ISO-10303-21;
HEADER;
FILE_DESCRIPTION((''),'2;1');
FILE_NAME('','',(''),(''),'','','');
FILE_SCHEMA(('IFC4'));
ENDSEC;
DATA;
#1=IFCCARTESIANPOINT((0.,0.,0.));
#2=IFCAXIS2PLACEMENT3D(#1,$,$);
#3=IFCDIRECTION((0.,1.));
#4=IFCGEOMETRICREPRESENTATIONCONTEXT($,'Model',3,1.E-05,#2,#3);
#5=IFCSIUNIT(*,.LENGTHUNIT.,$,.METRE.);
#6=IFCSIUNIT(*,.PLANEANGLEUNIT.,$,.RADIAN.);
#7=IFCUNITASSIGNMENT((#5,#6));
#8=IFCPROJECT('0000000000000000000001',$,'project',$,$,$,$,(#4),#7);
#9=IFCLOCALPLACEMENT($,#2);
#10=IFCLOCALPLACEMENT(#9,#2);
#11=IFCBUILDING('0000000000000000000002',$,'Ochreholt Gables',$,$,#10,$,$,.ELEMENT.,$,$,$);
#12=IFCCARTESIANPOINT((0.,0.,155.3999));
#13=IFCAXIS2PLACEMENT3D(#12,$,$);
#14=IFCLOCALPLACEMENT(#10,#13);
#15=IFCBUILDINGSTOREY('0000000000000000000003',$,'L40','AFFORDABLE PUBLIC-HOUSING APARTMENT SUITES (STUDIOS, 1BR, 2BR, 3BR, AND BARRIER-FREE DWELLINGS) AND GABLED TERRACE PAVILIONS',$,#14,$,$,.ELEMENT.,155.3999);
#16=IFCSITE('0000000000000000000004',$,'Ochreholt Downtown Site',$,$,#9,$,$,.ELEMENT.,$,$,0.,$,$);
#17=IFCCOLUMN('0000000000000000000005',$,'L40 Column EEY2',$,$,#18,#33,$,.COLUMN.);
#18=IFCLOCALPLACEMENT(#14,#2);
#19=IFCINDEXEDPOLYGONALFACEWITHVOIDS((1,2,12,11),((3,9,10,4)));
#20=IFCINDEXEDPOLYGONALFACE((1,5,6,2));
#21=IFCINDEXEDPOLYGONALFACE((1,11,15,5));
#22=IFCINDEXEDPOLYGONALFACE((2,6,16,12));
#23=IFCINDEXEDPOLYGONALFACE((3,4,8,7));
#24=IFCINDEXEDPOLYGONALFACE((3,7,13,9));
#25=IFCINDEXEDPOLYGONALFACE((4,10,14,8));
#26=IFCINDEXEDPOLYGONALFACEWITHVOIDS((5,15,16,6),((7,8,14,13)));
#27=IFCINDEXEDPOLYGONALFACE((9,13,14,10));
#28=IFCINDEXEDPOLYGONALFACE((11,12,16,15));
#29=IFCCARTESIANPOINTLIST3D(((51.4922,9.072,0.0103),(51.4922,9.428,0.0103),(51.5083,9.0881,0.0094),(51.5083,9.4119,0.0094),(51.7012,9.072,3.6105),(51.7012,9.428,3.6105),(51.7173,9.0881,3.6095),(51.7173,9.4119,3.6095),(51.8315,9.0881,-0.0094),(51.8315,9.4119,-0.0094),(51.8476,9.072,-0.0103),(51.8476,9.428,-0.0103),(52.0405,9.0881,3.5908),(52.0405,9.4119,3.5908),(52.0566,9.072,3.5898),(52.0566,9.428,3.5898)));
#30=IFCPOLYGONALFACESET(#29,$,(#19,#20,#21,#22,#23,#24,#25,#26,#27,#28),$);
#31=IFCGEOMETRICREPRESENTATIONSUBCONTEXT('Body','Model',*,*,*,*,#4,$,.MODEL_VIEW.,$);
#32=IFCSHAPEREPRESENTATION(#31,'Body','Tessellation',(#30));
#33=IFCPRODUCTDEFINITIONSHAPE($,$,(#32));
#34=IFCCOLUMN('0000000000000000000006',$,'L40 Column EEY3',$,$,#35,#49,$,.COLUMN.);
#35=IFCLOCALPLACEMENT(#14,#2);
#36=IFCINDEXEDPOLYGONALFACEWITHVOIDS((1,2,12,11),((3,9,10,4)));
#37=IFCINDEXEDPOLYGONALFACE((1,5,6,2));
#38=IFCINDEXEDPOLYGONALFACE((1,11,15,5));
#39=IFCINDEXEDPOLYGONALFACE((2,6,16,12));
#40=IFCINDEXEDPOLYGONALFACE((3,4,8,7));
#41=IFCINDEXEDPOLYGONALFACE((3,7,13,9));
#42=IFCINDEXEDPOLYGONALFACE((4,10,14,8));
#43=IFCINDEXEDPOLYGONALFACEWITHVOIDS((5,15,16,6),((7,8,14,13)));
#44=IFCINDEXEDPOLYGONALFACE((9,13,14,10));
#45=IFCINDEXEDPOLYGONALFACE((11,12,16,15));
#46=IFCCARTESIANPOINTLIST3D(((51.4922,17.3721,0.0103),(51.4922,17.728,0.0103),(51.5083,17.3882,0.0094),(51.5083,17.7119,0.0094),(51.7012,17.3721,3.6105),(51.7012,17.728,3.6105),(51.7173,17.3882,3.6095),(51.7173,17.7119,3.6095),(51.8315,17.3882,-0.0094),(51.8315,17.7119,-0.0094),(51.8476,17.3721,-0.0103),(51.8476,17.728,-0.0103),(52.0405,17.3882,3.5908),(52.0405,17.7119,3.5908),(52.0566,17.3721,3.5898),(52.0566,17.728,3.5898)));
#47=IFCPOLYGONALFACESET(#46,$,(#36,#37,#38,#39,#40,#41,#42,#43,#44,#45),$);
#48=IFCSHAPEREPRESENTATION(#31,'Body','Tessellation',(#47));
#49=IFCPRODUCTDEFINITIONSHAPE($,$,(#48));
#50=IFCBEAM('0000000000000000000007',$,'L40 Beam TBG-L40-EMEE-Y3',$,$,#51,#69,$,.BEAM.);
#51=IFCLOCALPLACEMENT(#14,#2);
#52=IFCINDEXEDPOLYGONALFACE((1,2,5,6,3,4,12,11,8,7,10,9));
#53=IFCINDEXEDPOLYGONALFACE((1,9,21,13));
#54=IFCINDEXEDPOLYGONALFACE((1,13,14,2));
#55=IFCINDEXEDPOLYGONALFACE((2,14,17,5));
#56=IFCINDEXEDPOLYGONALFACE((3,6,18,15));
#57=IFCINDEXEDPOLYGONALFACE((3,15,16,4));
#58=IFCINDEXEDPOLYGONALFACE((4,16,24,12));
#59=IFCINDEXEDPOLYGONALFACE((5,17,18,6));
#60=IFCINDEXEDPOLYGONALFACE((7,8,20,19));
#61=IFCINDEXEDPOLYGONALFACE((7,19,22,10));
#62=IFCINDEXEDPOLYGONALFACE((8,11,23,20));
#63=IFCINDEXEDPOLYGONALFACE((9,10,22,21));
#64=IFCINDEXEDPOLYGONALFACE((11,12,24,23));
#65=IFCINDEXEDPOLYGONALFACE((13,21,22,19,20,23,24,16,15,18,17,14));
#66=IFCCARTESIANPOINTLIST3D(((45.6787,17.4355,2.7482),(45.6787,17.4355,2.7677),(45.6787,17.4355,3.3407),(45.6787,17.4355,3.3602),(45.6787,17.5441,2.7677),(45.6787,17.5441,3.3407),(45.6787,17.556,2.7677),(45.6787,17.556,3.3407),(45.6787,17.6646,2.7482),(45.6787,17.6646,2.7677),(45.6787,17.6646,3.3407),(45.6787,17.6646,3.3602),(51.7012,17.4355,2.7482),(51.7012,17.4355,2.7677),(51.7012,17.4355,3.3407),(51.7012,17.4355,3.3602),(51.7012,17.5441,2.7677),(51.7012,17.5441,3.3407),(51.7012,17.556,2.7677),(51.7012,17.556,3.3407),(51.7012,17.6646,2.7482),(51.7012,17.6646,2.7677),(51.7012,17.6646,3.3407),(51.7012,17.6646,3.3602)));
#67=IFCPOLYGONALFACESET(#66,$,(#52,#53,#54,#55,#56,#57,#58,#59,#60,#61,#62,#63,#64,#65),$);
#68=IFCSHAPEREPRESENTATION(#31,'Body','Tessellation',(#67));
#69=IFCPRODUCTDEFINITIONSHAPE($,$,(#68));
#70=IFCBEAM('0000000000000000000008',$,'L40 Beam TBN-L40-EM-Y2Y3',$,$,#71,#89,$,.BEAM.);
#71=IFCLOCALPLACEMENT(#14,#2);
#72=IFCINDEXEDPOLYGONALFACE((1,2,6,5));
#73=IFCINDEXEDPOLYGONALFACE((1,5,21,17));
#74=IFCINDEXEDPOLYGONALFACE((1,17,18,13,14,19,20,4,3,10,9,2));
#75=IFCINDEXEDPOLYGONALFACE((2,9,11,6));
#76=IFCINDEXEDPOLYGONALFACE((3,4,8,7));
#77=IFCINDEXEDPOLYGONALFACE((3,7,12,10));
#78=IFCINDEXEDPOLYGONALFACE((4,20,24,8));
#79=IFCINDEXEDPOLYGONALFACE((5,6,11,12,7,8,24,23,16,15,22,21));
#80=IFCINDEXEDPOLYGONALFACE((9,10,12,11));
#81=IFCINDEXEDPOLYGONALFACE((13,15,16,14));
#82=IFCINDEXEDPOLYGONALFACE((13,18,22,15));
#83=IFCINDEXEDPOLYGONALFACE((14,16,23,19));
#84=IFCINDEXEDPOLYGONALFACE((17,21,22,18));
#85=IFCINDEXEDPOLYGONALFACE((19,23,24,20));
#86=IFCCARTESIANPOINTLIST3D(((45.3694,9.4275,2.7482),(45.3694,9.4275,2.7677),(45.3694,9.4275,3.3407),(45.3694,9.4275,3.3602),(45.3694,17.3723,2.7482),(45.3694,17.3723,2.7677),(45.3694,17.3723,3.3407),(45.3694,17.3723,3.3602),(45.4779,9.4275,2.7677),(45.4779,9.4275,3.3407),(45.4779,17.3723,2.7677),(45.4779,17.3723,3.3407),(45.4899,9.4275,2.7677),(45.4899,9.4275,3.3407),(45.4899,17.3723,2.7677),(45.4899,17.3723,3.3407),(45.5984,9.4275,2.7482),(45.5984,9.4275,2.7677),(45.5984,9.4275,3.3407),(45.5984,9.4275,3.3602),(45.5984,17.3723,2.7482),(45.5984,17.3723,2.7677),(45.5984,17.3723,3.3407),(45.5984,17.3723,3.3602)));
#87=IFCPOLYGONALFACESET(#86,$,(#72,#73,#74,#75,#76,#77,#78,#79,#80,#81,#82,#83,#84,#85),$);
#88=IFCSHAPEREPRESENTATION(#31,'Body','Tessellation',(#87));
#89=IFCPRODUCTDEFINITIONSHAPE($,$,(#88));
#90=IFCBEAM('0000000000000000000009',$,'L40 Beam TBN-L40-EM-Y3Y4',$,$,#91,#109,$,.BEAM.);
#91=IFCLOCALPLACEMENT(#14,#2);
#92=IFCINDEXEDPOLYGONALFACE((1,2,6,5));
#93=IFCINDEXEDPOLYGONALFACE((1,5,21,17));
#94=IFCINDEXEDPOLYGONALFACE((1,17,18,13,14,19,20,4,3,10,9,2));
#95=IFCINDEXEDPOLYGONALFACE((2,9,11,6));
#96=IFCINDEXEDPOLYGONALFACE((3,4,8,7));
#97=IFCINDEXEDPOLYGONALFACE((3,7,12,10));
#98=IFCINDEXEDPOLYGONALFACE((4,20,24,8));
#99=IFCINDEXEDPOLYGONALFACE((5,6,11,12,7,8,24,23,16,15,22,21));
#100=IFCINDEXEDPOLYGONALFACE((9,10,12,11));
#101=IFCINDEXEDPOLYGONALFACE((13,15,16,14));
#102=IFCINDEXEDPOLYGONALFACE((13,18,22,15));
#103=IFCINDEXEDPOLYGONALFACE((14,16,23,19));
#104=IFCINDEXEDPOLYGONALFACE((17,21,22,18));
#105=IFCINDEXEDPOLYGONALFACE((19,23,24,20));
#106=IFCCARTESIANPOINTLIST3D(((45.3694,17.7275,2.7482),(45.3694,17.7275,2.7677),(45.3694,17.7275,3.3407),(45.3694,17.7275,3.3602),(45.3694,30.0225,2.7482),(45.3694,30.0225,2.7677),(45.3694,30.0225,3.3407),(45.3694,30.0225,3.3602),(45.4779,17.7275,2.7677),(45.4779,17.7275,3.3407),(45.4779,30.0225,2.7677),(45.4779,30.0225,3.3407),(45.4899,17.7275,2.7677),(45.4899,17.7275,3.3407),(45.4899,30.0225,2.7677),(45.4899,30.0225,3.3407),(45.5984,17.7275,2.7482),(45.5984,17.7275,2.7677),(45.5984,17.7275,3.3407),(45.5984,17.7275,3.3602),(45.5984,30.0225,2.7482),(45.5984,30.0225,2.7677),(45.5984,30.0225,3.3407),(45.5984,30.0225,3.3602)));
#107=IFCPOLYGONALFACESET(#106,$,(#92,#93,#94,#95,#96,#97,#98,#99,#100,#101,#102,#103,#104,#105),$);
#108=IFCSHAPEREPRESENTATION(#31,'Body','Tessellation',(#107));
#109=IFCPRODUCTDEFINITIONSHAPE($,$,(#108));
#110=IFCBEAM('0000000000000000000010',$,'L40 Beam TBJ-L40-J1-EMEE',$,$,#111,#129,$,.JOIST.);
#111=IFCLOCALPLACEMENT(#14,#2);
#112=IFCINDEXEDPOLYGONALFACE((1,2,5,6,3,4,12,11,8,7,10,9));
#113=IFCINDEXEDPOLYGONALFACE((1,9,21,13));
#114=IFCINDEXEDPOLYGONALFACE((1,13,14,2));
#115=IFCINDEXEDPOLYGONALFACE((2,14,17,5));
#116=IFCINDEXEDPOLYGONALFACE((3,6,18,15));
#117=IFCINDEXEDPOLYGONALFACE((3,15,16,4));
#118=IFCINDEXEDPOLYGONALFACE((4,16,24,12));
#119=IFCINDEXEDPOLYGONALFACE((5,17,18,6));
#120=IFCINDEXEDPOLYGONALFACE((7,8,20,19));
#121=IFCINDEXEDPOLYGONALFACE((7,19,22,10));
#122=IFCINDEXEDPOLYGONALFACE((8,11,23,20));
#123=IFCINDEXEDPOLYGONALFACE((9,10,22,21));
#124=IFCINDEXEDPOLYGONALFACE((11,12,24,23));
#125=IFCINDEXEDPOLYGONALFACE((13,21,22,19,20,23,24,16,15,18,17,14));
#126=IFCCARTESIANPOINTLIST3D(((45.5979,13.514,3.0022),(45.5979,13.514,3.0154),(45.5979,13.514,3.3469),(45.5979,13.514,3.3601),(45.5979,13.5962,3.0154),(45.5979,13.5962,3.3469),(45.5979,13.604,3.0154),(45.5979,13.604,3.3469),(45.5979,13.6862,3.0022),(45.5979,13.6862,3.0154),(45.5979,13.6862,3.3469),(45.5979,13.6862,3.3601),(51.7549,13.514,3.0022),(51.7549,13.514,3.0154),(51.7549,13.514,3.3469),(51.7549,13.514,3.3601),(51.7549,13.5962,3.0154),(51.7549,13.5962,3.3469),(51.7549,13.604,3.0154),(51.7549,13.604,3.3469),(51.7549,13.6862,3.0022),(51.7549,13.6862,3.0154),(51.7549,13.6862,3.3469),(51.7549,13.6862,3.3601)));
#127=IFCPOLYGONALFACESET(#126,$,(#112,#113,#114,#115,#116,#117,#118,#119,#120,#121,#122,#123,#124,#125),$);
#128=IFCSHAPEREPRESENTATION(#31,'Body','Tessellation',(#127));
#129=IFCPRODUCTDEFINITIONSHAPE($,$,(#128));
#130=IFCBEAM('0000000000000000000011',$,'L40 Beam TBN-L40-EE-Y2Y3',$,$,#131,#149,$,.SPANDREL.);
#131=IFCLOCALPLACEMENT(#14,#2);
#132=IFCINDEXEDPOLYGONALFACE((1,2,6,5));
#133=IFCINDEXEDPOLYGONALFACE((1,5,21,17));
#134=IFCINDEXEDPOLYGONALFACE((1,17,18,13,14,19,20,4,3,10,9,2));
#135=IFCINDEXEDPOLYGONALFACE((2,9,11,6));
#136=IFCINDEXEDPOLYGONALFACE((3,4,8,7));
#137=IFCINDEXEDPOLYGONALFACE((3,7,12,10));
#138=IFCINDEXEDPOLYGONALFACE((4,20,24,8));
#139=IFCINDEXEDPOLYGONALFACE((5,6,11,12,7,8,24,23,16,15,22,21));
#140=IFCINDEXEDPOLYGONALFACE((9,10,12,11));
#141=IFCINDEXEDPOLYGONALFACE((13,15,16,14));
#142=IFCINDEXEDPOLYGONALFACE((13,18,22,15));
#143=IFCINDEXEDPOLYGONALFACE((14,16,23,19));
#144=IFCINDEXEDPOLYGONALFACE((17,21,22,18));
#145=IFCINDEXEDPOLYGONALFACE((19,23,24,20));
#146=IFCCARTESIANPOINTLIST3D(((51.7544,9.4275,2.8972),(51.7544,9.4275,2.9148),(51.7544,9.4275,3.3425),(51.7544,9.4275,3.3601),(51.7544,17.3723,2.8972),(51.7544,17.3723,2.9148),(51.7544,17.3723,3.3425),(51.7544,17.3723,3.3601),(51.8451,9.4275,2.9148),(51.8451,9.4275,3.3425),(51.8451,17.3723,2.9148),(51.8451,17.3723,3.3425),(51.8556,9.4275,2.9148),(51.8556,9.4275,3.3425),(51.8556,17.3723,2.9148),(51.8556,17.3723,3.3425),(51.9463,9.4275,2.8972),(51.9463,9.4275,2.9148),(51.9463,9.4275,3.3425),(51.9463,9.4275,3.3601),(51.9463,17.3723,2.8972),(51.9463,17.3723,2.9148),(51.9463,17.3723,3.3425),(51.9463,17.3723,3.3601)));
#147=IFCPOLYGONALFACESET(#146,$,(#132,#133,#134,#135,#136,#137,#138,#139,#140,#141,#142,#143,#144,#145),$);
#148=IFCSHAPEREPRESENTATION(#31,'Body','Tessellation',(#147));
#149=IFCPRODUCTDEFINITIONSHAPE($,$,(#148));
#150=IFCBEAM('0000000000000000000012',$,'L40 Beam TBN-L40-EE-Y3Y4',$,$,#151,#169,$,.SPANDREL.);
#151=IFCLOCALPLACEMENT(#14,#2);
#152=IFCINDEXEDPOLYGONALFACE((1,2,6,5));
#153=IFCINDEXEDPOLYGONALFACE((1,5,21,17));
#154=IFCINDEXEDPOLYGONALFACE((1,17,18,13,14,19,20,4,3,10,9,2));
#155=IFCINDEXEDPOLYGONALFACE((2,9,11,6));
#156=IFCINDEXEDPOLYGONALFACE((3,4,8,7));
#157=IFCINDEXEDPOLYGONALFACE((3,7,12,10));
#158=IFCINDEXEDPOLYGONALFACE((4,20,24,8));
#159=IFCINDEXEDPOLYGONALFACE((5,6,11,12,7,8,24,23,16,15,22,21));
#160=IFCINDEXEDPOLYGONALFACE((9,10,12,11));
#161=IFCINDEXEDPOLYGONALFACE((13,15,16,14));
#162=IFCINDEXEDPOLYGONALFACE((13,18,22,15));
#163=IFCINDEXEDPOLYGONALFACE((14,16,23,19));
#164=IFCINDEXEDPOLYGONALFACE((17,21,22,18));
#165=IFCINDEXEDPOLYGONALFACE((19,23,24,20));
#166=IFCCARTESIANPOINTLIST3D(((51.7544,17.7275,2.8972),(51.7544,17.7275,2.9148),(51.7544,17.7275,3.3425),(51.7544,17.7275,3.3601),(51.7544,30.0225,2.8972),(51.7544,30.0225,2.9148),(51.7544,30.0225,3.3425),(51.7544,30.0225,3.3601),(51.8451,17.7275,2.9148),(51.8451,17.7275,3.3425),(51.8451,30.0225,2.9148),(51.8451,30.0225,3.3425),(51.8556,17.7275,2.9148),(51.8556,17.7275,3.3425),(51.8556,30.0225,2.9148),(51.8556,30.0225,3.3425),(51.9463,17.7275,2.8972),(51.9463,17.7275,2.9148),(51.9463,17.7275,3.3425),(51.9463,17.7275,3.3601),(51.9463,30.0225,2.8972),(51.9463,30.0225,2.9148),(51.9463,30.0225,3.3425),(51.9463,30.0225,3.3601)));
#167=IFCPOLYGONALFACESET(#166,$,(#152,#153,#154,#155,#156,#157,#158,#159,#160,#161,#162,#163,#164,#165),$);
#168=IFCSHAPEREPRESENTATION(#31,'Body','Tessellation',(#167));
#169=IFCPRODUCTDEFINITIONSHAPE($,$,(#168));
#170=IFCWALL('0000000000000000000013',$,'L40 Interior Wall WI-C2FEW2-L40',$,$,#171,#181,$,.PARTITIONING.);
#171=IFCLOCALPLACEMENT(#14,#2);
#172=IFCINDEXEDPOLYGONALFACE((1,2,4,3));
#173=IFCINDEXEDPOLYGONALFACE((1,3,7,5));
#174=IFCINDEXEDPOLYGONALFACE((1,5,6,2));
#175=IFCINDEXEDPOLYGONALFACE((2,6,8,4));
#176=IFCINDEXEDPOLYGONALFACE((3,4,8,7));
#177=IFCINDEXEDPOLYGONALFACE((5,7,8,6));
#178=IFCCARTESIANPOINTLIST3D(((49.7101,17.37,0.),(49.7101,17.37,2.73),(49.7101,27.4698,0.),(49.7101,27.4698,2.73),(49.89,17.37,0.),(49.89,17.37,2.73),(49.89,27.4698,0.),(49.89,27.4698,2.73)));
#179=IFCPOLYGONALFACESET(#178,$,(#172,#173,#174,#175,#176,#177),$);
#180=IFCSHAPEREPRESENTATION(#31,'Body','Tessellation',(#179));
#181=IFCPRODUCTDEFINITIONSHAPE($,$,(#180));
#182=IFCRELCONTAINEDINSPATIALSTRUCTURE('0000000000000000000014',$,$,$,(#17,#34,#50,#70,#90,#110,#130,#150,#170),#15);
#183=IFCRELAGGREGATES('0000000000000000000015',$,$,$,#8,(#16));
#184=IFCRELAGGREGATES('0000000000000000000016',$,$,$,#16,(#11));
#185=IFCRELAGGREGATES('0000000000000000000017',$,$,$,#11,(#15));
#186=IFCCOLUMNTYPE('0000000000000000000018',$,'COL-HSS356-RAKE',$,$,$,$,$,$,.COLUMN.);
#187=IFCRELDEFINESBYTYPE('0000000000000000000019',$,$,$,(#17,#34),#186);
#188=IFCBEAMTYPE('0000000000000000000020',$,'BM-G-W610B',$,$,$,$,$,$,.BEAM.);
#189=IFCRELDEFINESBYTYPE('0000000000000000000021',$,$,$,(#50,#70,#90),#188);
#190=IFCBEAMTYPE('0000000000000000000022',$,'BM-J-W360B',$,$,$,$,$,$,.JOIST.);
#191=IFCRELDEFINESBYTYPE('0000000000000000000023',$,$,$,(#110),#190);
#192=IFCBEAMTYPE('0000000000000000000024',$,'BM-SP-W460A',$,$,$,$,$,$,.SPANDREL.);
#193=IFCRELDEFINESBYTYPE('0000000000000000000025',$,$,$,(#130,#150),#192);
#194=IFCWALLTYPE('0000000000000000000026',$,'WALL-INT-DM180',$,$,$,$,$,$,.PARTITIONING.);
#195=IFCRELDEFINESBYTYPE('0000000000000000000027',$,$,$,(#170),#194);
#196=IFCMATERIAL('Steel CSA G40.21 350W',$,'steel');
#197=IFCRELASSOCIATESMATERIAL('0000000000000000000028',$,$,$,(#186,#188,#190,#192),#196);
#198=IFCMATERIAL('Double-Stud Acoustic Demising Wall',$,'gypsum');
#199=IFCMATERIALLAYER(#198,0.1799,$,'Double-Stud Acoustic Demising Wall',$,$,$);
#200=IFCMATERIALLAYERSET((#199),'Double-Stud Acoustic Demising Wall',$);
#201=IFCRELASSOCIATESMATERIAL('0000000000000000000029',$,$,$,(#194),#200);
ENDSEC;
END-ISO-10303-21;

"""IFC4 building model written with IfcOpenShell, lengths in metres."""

from ifc_helpers import new_model, si_unit, direction, frame, frame_2d, origin, origin_2d, place, context, subcontext, project, spatial, rectangle, hollow_rectangle, i_section, extrude, material, layer, layer_set, material_profile, profile_set, type_object, element, save


model = new_model("IFC4")

# Units and contexts
model_context = context("Model", 3, precision=1e-05, world=origin(), true_north=direction((0.0, 1.0)))
body_context = subcontext(model_context, "Body", "Model", "MODEL_VIEW")
ifc_project = project(units=[si_unit("LENGTHUNIT", "METRE"), si_unit("PLANEANGLEUNIT", "RADIAN")], contexts=[model_context])

# Site, building, storey
site_placement = place(None, origin())
site = spatial("IfcSite", under=ifc_project, at=site_placement, Name="Ochreholt Downtown Site", CompositionType="ELEMENT", RefElevation=0.0)
building_placement = place(site_placement, origin())
building = spatial("IfcBuilding", under=site, at=building_placement, Name="Ochreholt Gables", CompositionType="ELEMENT")
storey_placement = place(building_placement, frame((0.0, 0.0, 155.3999)))
storey = spatial("IfcBuildingStorey", under=building, at=storey_placement, Name="L40", Description="AFFORDABLE PUBLIC-HOUSING APARTMENT SUITES (STUDIOS, 1BR, 2BR, 3BR, AND BARRIER-FREE DWELLINGS) AND GABLED TERRACE PAVILIONS", CompositionType="ELEMENT", Elevation=155.3999)

# Columns
ifc_material_1 = material(Name="Steel CSA G40.21 350W", Category="steel")
ifc_material_profile_1 = material_profile(ifc_material_1, hollow_rectangle(XDim=0.356, YDim=0.356, WallThickness=0.0161, at=origin_2d()), Name="HSS356X356X16")
ifc_profile_set_1 = profile_set([ifc_material_profile_1], Name="Steel CSA G40.21 350W")
column_type = type_object("IfcColumnType", Name="COL-HSS356-RAKE", PredefinedType="COLUMN", material=ifc_profile_set_1)
for number, where, z_axis, x_axis, name in (
    (1, (51.6699, 9.25, 0.0), (0.057952, 0.0, 0.998319), (0.0, 1.0, 0.0), "L40 Column EEY2"),
    (2, (51.6699, 17.55, 0.0), (0.057952, 0.0, 0.998319), (0.0, 1.0, 0.0), "L40 Column EEY3"),
):
    element("IfcColumn", number, at=place(storey_placement, frame(where, z_axis=z_axis, x_axis=x_axis)), inside=storey, type_object=column_type, Name=name, PredefinedType="COLUMN", context=body_context, shape_type="SweptSolid", body=[
        extrude(hollow_rectangle(XDim=0.356, YDim=0.356, WallThickness=0.0161, at=origin_2d()), origin(), (0.0, 0.0, 1.0), 3.6062),
    ])

# Beams
ifc_material_profile_2 = material_profile(ifc_material_1, i_section(OverallWidth=0.229, OverallDepth=0.6121, WebThickness=0.012, FlangeThickness=0.0195, at=origin_2d()), Name="W610X125")
ifc_profile_set_2 = profile_set([ifc_material_profile_2], Name="Steel CSA G40.21 350W")
beam_type_1 = type_object("IfcBeamType", Name="BM-G-W610B", PredefinedType="BEAM", material=ifc_profile_set_2)
beam_1_placement = place(storey_placement, frame((45.6787, 17.55, 3.0542), z_axis=(1.0, 0.0, 0.0), x_axis=(0.0, 1.0, 0.0)))
element("IfcBeam", 3, at=beam_1_placement, inside=storey, type_object=beam_type_1, Name="L40 Beam TBG-L40-EMEE-Y3", PredefinedType="BEAM", context=body_context, shape_type="SweptSolid", body=[
    extrude(i_section(OverallWidth=0.229, OverallDepth=0.6121, WebThickness=0.012, FlangeThickness=0.0195, at=origin_2d()), origin(), (0.0, 0.0, 1.0), 6.0225),
])
beam_2_placement = place(storey_placement, frame((45.4839, 9.4275, 3.0542), z_axis=(0.0, 1.0, 0.0), x_axis=(-1.0, 0.0, 0.0)))
element("IfcBeam", 4, at=beam_2_placement, inside=storey, type_object=beam_type_1, Name="L40 Beam TBN-L40-EM-Y2Y3", PredefinedType="BEAM", context=body_context, shape_type="SweptSolid", body=[
    extrude(i_section(OverallWidth=0.229, OverallDepth=0.6121, WebThickness=0.012, FlangeThickness=0.0195, at=origin_2d()), origin(), (0.0, 0.0, 1.0), 7.9448),
])
beam_3_placement = place(storey_placement, frame((45.4839, 17.7275, 3.0542), z_axis=(0.0, 1.0, 0.0), x_axis=(-1.0, 0.0, 0.0)))
element("IfcBeam", 5, at=beam_3_placement, inside=storey, type_object=beam_type_1, Name="L40 Beam TBN-L40-EM-Y3Y4", PredefinedType="BEAM", context=body_context, shape_type="SweptSolid", body=[
    extrude(i_section(OverallWidth=0.229, OverallDepth=0.6121, WebThickness=0.012, FlangeThickness=0.0195, at=origin_2d()), origin(), (0.0, 0.0, 1.0), 12.2949),
])
ifc_material_profile_3 = material_profile(ifc_material_1, i_section(OverallWidth=0.1721, OverallDepth=0.3579, WebThickness=0.0078, FlangeThickness=0.0132, at=origin_2d()), Name="W360X57")
ifc_profile_set_3 = profile_set([ifc_material_profile_3], Name="Steel CSA G40.21 350W")
beam_type_2 = type_object("IfcBeamType", Name="BM-J-W360B", PredefinedType="JOIST", material=ifc_profile_set_3)
beam_4_placement = place(storey_placement, frame((45.5979, 13.6001, 3.1812), z_axis=(1.0, 0.0, 0.0), x_axis=(0.0, 1.0, 0.0)))
element("IfcBeam", 6, at=beam_4_placement, inside=storey, type_object=beam_type_2, Name="L40 Beam TBJ-L40-J1-EMEE", PredefinedType="JOIST", context=body_context, shape_type="SweptSolid", body=[
    extrude(i_section(OverallWidth=0.1721, OverallDepth=0.3579, WebThickness=0.0078, FlangeThickness=0.0132, at=origin_2d()), origin(), (0.0, 0.0, 1.0), 6.157),
])
ifc_material_profile_4 = material_profile(ifc_material_1, i_section(OverallWidth=0.1919, OverallDepth=0.4629, WebThickness=0.0105, FlangeThickness=0.0176, at=origin_2d()), Name="W460X89")
ifc_profile_set_4 = profile_set([ifc_material_profile_4], Name="Steel CSA G40.21 350W")
beam_type_3 = type_object("IfcBeamType", Name="BM-SP-W460A", PredefinedType="SPANDREL", material=ifc_profile_set_4)
beam_5_placement = place(storey_placement, frame((51.8503, 9.4275, 3.1287), z_axis=(0.0, 1.0, 0.0), x_axis=(-1.0, 0.0, 0.0)))
element("IfcBeam", 7, at=beam_5_placement, inside=storey, type_object=beam_type_3, Name="L40 Beam TBN-L40-EE-Y2Y3", PredefinedType="SPANDREL", context=body_context, shape_type="SweptSolid", body=[
    extrude(i_section(OverallWidth=0.1919, OverallDepth=0.4629, WebThickness=0.0105, FlangeThickness=0.0176, at=origin_2d()), origin(), (0.0, 0.0, 1.0), 7.9448),
])
beam_6_placement = place(storey_placement, frame((51.8503, 17.7275, 3.1287), z_axis=(0.0, 1.0, 0.0), x_axis=(-1.0, 0.0, 0.0)))
element("IfcBeam", 8, at=beam_6_placement, inside=storey, type_object=beam_type_3, Name="L40 Beam TBN-L40-EE-Y3Y4", PredefinedType="SPANDREL", context=body_context, shape_type="SweptSolid", body=[
    extrude(i_section(OverallWidth=0.1919, OverallDepth=0.4629, WebThickness=0.0105, FlangeThickness=0.0176, at=origin_2d()), origin(), (0.0, 0.0, 1.0), 12.2949),
])

# Wall
ifc_material_2 = material(Name="Double-Stud Acoustic Demising Wall", Category="gypsum")
ifc_layer_1 = layer(ifc_material_2, 0.1799, Name="Double-Stud Acoustic Demising Wall")
ifc_layer_set_1 = layer_set([ifc_layer_1], Name="Double-Stud Acoustic Demising Wall")
wall_type_1 = type_object("IfcWallType", Name="WALL-INT-DM180", PredefinedType="PARTITIONING", material=ifc_layer_set_1)
wall_1_placement = place(storey_placement, frame((49.8, 17.3701, 0.0), z_axis=(0.0, 0.0, 1.0), x_axis=(0.0, 1.0, 0.0)))
element("IfcWall", 9, at=wall_1_placement, inside=storey, type_object=wall_type_1, Name="L40 Interior Wall WI-C2FEW2-L40", PredefinedType="PARTITIONING", context=body_context, shape_type="SweptSolid", body=[
    extrude(rectangle(XDim=10.0999, YDim=0.1799, at=frame_2d((5.0498, 0.0))), origin(), (0.0, 0.0, 1.0), 2.73),
])

save(model, "model.ifc")
